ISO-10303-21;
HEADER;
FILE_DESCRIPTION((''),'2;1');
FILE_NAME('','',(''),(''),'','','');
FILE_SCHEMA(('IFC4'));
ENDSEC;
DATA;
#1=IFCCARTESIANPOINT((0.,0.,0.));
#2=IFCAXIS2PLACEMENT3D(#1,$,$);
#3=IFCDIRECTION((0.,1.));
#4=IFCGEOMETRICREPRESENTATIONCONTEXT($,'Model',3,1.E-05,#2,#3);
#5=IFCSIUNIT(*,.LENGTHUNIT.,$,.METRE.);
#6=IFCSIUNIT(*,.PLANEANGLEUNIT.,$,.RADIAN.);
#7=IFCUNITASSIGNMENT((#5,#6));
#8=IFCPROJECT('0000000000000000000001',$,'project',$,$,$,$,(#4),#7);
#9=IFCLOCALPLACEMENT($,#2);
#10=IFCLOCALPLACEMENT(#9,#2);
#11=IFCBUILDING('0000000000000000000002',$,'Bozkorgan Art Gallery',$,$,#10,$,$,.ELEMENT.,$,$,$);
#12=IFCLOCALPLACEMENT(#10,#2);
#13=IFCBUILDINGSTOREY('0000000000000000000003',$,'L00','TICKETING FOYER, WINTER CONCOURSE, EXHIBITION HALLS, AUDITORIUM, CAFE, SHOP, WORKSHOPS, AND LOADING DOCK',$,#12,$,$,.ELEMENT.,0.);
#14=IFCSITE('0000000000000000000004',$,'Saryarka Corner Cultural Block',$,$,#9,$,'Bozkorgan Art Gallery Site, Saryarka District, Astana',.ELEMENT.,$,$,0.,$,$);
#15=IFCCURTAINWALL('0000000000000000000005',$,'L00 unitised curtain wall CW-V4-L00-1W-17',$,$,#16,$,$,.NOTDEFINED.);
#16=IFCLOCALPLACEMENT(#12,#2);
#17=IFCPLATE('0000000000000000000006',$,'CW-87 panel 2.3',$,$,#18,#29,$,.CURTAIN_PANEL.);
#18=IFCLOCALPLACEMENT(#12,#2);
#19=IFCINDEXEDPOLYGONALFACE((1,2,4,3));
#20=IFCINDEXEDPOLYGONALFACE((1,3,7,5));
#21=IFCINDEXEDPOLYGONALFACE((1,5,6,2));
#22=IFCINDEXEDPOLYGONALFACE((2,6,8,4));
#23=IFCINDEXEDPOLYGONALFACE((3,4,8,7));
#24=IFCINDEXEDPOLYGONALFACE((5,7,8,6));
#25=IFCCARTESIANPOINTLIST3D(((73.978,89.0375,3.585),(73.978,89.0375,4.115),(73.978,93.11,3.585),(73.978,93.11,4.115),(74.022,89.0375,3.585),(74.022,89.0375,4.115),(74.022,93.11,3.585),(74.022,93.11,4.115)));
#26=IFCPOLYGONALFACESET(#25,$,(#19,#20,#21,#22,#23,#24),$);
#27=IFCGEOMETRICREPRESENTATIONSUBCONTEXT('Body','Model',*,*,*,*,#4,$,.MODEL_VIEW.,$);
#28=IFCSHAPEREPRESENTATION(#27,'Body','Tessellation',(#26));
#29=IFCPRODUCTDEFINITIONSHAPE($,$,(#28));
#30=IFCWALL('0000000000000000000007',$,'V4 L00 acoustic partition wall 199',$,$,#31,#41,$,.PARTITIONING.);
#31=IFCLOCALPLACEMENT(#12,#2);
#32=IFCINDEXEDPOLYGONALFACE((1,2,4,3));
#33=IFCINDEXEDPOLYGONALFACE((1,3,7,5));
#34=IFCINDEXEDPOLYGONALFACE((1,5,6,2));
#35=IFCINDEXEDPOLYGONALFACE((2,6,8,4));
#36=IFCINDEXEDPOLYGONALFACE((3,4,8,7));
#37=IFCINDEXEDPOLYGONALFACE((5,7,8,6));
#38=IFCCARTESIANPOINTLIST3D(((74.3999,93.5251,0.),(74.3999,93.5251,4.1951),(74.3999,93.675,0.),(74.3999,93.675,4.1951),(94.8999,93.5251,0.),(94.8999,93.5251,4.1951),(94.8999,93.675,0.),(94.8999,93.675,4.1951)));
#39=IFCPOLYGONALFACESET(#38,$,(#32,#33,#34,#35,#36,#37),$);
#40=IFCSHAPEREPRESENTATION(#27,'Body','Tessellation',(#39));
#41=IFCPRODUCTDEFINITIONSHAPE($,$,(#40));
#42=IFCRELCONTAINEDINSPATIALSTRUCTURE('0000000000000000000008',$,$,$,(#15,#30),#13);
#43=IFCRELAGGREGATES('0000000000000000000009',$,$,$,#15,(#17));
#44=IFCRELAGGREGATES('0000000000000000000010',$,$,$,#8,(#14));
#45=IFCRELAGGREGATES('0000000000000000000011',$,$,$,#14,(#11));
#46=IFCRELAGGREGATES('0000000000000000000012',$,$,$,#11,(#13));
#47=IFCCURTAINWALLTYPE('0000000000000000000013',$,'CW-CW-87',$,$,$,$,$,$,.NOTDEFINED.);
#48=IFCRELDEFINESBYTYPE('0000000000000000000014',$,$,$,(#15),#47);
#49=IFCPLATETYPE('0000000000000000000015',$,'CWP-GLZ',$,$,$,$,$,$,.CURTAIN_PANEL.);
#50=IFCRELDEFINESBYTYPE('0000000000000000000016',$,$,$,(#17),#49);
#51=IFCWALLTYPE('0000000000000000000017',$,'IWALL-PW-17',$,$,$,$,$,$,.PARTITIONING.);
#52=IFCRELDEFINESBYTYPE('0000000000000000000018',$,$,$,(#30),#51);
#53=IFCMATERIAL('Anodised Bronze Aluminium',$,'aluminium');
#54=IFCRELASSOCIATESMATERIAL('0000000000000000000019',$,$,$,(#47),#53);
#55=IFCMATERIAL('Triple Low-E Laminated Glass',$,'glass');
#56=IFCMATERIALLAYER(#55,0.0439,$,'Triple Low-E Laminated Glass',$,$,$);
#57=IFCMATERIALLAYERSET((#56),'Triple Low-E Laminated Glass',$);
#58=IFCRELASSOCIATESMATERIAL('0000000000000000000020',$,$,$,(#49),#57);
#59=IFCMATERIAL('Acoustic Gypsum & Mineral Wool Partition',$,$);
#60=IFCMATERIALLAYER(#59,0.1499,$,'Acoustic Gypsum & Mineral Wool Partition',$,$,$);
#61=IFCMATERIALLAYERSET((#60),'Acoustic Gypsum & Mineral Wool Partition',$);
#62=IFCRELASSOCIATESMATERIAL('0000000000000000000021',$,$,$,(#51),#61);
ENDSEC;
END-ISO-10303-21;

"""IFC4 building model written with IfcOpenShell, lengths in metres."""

from ifc_helpers import new_model, si_unit, direction, frame, frame_2d, origin, origin_2d, place, context, subcontext, project, spatial, rectangle, extrude, material, layer, layer_set, type_object, element, aggregate, save


model = new_model("IFC4")

# Units and contexts
model_context = context("Model", 3, precision=1e-05, world=origin(), true_north=direction((0.0, 1.0)))
body_context = subcontext(model_context, "Body", "Model", "MODEL_VIEW")
ifc_project = project(units=[si_unit("LENGTHUNIT", "METRE"), si_unit("PLANEANGLEUNIT", "RADIAN")], contexts=[model_context])

# Site, building, storey
site_placement = place(None, origin())
site = spatial("IfcSite", under=ifc_project, at=site_placement, Name="Saryarka Corner Cultural Block", LongName="Bozkorgan Art Gallery Site, Saryarka District, Astana", CompositionType="ELEMENT", RefElevation=0.0)
building_placement = place(site_placement, origin())
building = spatial("IfcBuilding", under=site, at=building_placement, Name="Bozkorgan Art Gallery", CompositionType="ELEMENT")
storey_placement = place(building_placement, origin())
storey = spatial("IfcBuildingStorey", under=building, at=storey_placement, Name="L00", Description="TICKETING FOYER, WINTER CONCOURSE, EXHIBITION HALLS, AUDITORIUM, CAFE, SHOP, WORKSHOPS, AND LOADING DOCK", CompositionType="ELEMENT", Elevation=0.0)

# Curtain wall, plate
ifc_material_1 = material(Name="Anodised Bronze Aluminium", Category="aluminium")
curtain_wall_type = type_object("IfcCurtainWallType", Name="CW-CW-87", PredefinedType="NOTDEFINED", material=ifc_material_1)
curtain_wall_placement = place(storey_placement, origin())
curtain_wall = element("IfcCurtainWall", 1, at=curtain_wall_placement, inside=storey, type_object=curtain_wall_type, Name="L00 unitised curtain wall CW-V4-L00-1W-17", PredefinedType="NOTDEFINED")
ifc_material_2 = material(Name="Triple Low-E Laminated Glass", Category="glass")
ifc_layer_1 = layer(ifc_material_2, 0.0439, Name="Triple Low-E Laminated Glass")
ifc_layer_set_1 = layer_set([ifc_layer_1], Name="Triple Low-E Laminated Glass")
plate_type = type_object("IfcPlateType", Name="CWP-GLZ", PredefinedType="CURTAIN_PANEL", material=ifc_layer_set_1)
plate_1_placement = place(storey_placement, frame((74.0, 91.0737, 3.585), z_axis=(0.0, 0.0, 1.0), x_axis=(0.0, 1.0, 0.0)))
plate_1 = element("IfcPlate", 2, at=plate_1_placement, type_object=plate_type, Name="CW-87 panel 2.3", PredefinedType="CURTAIN_PANEL", context=body_context, shape_type="SweptSolid", body=[
    extrude(rectangle(XDim=4.0725, YDim=0.0439, at=origin_2d()), origin(), (0.0, 0.0, 1.0), 0.53),
])
aggregate(curtain_wall, [plate_1])

# Wall
ifc_material_3 = material(Name="Acoustic Gypsum & Mineral Wool Partition")
ifc_layer_2 = layer(ifc_material_3, 0.1499, Name="Acoustic Gypsum & Mineral Wool Partition")
ifc_layer_set_2 = layer_set([ifc_layer_2], Name="Acoustic Gypsum & Mineral Wool Partition")
wall_type = type_object("IfcWallType", Name="IWALL-PW-17", PredefinedType="PARTITIONING", material=ifc_layer_set_2)
wall_placement = place(storey_placement, frame((74.3999, 93.6001, 0.0), z_axis=(0.0, 0.0, 1.0), x_axis=(1.0, 0.0, 0.0)))
element("IfcWall", 3, at=wall_placement, inside=storey, type_object=wall_type, Name="V4 L00 acoustic partition wall 199", PredefinedType="PARTITIONING", context=body_context, shape_type="SweptSolid", body=[
    extrude(rectangle(XDim=20.5, YDim=0.1499, at=frame_2d((10.25, 0.0))), origin(), (0.0, 0.0, 1.0), 4.1951),
])

save(model, "model.ifc")
